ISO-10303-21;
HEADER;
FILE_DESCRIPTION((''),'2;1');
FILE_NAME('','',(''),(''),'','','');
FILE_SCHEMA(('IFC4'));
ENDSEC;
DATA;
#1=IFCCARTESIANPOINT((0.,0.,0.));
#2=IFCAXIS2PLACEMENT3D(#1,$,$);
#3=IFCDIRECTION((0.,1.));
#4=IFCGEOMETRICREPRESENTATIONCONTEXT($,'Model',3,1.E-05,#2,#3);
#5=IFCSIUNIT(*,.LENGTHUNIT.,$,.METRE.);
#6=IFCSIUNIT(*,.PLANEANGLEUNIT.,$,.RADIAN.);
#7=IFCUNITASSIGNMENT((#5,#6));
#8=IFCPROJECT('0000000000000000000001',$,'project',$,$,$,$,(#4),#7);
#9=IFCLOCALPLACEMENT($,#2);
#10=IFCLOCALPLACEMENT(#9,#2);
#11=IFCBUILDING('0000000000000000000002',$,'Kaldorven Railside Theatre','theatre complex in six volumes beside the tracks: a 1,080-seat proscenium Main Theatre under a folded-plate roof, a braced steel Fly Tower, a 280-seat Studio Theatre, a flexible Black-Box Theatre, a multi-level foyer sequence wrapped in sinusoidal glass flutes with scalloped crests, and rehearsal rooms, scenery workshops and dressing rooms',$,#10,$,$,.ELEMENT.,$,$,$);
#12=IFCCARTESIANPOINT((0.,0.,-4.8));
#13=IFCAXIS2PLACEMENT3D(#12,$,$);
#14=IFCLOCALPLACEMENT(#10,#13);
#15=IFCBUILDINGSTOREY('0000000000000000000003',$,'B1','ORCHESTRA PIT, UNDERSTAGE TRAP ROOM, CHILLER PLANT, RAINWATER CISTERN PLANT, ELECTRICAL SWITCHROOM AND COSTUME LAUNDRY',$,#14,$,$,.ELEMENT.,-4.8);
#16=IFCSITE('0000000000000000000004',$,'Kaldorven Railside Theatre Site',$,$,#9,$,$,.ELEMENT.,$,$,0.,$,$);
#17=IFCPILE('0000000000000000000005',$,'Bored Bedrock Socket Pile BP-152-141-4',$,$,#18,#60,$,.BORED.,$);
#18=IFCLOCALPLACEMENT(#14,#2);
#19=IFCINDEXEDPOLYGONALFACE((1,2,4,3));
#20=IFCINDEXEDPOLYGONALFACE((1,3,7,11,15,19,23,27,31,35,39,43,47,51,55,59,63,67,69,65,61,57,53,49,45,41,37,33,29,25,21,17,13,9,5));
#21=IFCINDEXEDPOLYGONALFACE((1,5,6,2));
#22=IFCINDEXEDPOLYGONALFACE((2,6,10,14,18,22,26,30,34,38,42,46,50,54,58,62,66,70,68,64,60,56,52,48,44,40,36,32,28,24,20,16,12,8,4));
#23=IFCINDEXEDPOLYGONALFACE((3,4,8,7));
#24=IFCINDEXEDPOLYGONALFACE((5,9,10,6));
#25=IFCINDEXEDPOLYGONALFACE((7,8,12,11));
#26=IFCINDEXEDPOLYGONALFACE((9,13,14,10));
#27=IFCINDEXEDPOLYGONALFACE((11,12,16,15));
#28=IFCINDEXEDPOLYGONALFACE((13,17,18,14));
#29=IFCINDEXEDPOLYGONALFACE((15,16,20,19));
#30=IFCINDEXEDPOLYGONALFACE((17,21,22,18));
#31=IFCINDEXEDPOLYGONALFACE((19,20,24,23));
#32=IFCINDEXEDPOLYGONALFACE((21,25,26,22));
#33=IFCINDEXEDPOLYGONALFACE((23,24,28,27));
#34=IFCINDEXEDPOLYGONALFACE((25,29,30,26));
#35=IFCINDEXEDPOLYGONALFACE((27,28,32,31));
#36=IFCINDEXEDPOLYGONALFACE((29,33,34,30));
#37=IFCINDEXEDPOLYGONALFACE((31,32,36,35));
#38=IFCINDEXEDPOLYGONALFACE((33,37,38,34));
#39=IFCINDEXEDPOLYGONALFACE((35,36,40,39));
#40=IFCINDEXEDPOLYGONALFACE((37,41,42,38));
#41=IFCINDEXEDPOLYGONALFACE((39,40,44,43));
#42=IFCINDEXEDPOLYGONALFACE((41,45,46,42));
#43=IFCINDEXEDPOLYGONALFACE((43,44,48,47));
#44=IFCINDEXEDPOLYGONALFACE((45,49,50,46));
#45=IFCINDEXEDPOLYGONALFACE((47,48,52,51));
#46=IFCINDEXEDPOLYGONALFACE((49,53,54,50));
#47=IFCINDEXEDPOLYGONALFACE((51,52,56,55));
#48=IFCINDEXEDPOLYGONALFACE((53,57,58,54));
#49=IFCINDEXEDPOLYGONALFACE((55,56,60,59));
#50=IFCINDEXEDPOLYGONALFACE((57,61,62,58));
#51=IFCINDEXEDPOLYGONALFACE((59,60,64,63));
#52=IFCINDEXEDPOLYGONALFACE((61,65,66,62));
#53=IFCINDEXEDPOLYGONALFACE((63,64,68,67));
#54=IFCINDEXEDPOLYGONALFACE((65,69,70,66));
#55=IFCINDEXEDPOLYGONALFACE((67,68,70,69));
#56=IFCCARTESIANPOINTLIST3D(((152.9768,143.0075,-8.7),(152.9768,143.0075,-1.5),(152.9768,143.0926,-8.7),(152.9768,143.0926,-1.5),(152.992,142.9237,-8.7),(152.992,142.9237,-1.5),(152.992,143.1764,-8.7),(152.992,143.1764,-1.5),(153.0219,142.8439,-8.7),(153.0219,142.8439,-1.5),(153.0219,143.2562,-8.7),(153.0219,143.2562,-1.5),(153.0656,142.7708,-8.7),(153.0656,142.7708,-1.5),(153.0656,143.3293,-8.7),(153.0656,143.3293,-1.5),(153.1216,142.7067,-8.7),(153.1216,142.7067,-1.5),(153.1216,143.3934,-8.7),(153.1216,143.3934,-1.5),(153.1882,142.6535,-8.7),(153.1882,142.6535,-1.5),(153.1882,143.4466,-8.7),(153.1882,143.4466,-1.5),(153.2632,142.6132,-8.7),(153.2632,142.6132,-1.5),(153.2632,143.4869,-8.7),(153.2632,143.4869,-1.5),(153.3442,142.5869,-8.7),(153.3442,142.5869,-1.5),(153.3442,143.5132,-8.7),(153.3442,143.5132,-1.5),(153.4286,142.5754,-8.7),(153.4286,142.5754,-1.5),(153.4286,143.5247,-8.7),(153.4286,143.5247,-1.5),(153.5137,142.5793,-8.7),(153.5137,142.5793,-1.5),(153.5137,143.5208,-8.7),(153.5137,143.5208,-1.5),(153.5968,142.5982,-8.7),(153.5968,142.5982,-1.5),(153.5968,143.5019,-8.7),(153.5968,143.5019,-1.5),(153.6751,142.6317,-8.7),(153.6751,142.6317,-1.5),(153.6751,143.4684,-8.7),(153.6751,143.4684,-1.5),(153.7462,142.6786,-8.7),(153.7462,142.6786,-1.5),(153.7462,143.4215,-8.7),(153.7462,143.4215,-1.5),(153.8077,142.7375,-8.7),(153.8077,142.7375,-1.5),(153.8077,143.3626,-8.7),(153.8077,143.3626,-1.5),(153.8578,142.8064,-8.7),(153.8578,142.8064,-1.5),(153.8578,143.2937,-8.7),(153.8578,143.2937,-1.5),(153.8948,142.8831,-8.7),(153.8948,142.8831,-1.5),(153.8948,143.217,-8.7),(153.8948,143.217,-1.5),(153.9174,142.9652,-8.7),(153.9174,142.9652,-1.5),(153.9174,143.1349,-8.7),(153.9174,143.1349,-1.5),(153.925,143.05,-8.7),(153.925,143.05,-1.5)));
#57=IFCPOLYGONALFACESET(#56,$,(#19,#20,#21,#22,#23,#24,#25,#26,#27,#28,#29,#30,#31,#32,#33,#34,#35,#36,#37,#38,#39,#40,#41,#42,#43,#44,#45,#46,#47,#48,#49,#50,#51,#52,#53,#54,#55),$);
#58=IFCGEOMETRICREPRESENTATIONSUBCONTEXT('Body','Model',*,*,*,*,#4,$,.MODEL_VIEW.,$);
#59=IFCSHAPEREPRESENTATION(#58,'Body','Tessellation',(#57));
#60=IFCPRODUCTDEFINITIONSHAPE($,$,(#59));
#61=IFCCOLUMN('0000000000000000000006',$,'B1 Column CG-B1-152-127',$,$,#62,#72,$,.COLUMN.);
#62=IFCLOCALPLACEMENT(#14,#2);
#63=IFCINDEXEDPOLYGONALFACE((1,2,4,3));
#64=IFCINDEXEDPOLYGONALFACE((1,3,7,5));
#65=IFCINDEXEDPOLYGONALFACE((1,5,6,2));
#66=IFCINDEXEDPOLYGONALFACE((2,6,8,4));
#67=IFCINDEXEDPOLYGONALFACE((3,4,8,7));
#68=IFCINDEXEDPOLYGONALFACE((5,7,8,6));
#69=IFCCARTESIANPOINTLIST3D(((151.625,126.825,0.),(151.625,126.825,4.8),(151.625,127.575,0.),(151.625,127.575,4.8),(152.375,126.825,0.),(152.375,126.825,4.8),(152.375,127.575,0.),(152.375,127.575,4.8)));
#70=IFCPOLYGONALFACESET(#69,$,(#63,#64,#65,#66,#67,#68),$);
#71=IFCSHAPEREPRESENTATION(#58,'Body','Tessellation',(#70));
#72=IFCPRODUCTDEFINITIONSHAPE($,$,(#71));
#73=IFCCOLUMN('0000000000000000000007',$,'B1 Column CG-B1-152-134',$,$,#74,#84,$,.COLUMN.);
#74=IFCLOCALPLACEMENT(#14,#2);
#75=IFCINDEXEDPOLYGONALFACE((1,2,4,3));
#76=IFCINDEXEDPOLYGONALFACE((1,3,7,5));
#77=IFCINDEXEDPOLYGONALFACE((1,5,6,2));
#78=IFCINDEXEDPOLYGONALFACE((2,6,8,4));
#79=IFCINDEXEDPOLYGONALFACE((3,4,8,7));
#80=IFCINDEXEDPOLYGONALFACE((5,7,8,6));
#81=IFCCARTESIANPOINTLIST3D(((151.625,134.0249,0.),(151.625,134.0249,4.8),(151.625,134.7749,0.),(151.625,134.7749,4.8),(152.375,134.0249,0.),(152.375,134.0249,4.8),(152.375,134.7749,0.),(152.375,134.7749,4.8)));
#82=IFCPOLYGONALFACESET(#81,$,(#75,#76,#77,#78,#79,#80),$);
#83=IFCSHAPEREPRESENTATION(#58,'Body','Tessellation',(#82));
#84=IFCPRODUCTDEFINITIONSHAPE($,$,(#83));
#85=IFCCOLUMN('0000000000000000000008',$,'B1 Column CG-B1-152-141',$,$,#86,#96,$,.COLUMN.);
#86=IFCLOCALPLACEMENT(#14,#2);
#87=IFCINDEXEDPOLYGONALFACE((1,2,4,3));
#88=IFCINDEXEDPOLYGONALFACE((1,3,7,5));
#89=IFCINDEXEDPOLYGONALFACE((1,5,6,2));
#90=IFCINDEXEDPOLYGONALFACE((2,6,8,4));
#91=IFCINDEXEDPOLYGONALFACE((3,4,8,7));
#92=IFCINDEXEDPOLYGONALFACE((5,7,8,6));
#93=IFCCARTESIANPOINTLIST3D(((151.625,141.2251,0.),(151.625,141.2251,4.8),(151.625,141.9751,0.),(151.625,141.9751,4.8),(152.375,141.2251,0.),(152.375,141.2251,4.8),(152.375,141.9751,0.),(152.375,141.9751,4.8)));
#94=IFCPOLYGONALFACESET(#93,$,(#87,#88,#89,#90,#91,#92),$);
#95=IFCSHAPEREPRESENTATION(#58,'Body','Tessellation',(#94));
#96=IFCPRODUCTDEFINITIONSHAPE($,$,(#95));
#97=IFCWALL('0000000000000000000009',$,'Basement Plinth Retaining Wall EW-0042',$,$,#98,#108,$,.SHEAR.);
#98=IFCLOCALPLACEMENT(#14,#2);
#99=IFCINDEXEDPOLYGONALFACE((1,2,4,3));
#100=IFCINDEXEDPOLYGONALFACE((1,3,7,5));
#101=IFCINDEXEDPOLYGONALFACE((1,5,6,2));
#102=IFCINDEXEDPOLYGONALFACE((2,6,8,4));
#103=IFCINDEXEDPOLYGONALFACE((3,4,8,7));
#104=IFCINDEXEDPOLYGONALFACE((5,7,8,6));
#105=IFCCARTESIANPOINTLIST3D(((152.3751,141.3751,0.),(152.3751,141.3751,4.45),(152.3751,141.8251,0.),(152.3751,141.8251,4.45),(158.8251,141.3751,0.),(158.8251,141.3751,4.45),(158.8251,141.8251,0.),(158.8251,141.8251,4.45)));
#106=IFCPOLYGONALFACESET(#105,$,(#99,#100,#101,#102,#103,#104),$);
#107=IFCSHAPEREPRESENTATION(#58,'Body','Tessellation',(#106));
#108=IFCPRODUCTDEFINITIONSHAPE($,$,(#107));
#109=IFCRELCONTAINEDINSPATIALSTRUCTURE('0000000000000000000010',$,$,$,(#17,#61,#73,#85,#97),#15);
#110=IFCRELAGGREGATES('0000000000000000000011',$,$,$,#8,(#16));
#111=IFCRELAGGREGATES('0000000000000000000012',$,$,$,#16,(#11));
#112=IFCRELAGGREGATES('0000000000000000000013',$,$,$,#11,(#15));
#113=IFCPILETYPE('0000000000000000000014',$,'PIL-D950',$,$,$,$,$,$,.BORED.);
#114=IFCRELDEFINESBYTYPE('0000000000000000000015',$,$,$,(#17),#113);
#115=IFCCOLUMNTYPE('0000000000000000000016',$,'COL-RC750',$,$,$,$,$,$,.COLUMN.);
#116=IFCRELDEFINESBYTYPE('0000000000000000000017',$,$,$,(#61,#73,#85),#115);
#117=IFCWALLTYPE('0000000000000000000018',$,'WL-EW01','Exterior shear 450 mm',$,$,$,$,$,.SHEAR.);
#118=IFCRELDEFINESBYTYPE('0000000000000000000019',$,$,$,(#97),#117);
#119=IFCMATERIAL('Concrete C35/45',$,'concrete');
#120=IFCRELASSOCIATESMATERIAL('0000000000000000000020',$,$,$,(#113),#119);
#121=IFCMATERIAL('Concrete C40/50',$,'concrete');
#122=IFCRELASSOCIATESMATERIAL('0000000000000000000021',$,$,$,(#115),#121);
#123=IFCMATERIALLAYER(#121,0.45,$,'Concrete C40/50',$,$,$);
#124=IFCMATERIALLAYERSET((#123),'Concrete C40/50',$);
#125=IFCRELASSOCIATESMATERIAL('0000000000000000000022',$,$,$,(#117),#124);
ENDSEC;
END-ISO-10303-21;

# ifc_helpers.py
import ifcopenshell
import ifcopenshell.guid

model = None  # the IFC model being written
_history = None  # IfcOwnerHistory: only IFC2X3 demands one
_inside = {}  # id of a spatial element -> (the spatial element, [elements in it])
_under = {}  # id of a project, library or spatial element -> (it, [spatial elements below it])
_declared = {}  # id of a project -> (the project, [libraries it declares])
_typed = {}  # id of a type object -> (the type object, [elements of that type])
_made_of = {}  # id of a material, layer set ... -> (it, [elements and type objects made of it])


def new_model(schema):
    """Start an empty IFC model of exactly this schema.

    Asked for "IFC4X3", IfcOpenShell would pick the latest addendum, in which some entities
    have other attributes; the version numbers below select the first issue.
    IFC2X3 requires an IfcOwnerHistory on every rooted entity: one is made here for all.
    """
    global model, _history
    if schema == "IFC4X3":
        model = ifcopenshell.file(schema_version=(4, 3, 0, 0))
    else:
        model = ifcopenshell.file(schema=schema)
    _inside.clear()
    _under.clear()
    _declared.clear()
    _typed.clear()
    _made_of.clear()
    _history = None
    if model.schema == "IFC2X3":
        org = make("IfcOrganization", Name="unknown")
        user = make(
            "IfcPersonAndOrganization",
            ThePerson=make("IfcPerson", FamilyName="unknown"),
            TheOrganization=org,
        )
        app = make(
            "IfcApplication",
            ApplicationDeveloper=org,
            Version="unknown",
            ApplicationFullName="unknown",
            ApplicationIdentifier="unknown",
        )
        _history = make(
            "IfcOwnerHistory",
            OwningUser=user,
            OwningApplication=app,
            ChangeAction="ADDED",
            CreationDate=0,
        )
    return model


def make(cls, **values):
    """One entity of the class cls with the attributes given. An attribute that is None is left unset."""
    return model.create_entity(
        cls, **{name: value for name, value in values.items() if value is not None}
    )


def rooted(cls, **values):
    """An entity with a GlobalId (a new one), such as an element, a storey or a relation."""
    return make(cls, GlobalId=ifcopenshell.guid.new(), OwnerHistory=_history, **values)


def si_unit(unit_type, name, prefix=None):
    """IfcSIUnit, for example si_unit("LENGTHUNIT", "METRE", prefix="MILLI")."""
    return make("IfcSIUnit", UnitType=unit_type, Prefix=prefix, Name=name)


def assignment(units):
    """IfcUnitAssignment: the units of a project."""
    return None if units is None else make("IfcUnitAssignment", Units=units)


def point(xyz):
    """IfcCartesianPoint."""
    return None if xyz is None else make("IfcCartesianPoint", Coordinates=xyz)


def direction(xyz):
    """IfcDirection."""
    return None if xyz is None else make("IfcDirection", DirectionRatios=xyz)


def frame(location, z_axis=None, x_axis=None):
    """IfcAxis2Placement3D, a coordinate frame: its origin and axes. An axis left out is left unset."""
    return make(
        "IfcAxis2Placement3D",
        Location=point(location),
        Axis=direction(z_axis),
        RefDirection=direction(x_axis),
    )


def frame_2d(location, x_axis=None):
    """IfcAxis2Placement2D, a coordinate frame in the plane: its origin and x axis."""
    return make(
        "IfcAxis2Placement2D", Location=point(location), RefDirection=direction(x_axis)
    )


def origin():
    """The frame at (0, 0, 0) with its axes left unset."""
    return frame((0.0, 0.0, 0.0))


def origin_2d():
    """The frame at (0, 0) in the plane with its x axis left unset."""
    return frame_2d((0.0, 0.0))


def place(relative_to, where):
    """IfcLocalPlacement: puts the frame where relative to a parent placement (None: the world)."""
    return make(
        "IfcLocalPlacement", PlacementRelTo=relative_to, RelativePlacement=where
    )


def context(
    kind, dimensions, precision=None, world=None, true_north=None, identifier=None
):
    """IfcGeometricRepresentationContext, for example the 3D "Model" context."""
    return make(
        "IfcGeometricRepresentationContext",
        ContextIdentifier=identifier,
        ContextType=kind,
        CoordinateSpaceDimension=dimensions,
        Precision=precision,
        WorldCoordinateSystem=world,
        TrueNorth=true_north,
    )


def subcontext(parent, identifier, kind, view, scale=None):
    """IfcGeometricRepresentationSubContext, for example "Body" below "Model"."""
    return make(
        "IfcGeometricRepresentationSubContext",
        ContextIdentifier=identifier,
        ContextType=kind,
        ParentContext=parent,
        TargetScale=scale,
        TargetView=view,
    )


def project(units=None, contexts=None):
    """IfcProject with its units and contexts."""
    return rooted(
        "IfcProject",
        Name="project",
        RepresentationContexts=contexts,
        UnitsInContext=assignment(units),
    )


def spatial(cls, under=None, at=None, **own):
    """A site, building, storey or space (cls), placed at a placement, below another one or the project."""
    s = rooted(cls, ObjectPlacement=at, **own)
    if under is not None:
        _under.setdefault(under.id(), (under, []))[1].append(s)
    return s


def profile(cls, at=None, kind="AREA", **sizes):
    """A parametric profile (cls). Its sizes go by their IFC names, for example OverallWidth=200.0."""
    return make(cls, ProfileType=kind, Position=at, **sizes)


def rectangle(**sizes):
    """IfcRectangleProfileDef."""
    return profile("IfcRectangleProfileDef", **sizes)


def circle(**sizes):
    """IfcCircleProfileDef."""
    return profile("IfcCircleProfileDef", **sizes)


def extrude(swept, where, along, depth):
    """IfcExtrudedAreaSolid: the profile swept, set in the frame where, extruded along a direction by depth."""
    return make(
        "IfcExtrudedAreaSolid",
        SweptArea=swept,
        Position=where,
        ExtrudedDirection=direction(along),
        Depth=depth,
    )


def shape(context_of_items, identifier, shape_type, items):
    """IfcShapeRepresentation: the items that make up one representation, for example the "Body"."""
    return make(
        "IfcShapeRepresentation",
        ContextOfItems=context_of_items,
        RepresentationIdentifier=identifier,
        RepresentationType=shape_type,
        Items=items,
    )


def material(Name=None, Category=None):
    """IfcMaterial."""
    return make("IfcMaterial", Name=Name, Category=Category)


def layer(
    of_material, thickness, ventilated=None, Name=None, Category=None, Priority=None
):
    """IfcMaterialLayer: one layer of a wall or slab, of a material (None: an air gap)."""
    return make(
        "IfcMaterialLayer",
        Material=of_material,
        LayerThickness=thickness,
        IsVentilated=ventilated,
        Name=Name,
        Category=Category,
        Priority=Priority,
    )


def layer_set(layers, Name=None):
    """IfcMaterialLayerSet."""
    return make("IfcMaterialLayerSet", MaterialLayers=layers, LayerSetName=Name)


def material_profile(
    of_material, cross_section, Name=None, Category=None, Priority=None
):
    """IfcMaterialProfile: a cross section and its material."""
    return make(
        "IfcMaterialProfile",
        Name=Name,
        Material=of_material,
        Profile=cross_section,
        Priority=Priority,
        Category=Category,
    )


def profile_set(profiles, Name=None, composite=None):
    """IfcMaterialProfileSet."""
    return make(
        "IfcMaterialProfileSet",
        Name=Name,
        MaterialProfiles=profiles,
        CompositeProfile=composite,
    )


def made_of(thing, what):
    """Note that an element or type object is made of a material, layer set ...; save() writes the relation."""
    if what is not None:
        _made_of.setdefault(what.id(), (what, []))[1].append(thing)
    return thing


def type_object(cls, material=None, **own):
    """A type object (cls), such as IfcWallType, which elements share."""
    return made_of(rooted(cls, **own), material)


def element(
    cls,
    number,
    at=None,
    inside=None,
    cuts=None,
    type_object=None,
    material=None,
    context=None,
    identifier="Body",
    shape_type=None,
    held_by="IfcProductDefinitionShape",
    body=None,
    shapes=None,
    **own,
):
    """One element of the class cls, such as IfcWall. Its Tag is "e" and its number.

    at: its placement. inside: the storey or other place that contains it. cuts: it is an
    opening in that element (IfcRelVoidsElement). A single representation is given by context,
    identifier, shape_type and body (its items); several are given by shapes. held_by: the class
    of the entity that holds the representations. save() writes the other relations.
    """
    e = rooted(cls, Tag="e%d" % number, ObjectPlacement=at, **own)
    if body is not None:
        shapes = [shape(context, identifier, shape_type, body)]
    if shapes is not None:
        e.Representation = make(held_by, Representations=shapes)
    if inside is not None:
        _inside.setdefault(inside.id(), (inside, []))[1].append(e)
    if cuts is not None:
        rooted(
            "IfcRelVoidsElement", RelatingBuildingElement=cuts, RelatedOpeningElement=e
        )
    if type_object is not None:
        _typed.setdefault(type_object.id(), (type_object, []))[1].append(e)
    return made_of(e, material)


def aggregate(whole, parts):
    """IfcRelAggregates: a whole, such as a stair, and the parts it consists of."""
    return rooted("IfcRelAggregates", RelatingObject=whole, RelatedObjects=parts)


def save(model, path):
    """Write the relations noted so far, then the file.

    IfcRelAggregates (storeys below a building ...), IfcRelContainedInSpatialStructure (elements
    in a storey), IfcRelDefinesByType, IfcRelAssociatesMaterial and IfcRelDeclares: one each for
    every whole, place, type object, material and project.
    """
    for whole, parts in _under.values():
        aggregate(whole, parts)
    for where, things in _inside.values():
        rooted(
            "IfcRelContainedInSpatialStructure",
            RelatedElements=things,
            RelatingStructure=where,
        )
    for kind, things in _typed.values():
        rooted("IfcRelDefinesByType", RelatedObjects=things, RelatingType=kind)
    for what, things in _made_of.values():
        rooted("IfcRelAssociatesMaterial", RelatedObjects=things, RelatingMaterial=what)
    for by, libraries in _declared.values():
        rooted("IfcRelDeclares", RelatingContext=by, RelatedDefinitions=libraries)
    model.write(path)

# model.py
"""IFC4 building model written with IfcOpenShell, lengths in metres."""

from ifc_helpers import new_model, si_unit, direction, frame, frame_2d, origin, origin_2d, place, context, subcontext, project, spatial, rectangle, circle, extrude, material, layer, layer_set, material_profile, profile_set, type_object, element, save


model = new_model("IFC4")

# Units and contexts
model_context = context("Model", 3, precision=1e-05, world=origin(), true_north=direction((0.0, 1.0)))
body_context = subcontext(model_context, "Body", "Model", "MODEL_VIEW")
ifc_project = project(units=[si_unit("LENGTHUNIT", "METRE"), si_unit("PLANEANGLEUNIT", "RADIAN")], contexts=[model_context])

# Site, building, storey
site_placement = place(None, origin())
site = spatial("IfcSite", under=ifc_project, at=site_placement, Name="Kaldorven Railside Theatre Site", CompositionType="ELEMENT", RefElevation=0.0)
building_placement = place(site_placement, origin())
building = spatial("IfcBuilding", under=site, at=building_placement, Name="Kaldorven Railside Theatre", Description="theatre complex in six volumes beside the tracks: a 1,080-seat proscenium Main Theatre under a folded-plate roof, a braced steel Fly Tower, a 280-seat Studio Theatre, a flexible Black-Box Theatre, a multi-level foyer sequence wrapped in sinusoidal glass flutes with scalloped crests, and rehearsal rooms, scenery workshops and dressing rooms", CompositionType="ELEMENT")
storey_placement = place(building_placement, frame((0.0, 0.0, -4.8)))
storey = spatial("IfcBuildingStorey", under=building, at=storey_placement, Name="B1", Description="ORCHESTRA PIT, UNDERSTAGE TRAP ROOM, CHILLER PLANT, RAINWATER CISTERN PLANT, ELECTRICAL SWITCHROOM AND COSTUME LAUNDRY", CompositionType="ELEMENT", Elevation=-4.8)

# Shared definitions
ifc_material_1 = material(Name="Concrete C40/50", Category="concrete")

# Pile
ifc_material_2 = material(Name="Concrete C35/45", Category="concrete")
ifc_material_profile_1 = material_profile(ifc_material_2, circle(Radius=0.4751, at=origin_2d()), Name="BP D950")
ifc_profile_set_1 = profile_set([ifc_material_profile_1], Name="Concrete C35/45")
pile_type_1 = type_object("IfcPileType", Name="PIL-D950", PredefinedType="BORED", material=ifc_profile_set_1)
for number, where, z_axis, x_axis, name in (
    (1, (153.45, 143.05, -1.5), (0.0, 0.0, -1.0), (1.0, 0.0, 0.0), "Bored Bedrock Socket Pile BP-152-141-4"),
):
    element("IfcPile", number, at=place(storey_placement, frame(where, z_axis=z_axis, x_axis=x_axis)), inside=storey, type_object=pile_type_1, Name=name, PredefinedType="BORED", context=body_context, shape_type="SweptSolid", body=[
        extrude(circle(Radius=0.4751, at=origin_2d()), origin(), (0.0, 0.0, 1.0), 7.2),
    ])

# Columns
ifc_material_profile_2 = material_profile(ifc_material_1, rectangle(XDim=0.75, YDim=0.75, at=origin_2d()), Name="RC 750x750")
ifc_profile_set_2 = profile_set([ifc_material_profile_2], Name="Concrete C40/50")
column_type = type_object("IfcColumnType", Name="COL-RC750", PredefinedType="COLUMN", material=ifc_profile_set_2)
for number, where, z_axis, x_axis, name in (
    (2, (152.0, 127.2, 0.0), (0.0, 0.0, 1.0), (0.0, 1.0, 0.0), "B1 Column CG-B1-152-127"),
    (3, (152.0, 134.3999, 0.0), (0.0, 0.0, 1.0), (1.0, 0.0, 0.0), "B1 Column CG-B1-152-134"),
    (4, (152.0, 141.6001, 0.0), (0.0, 0.0, 1.0), (0.0, 1.0, 0.0), "B1 Column CG-B1-152-141"),
):
    element("IfcColumn", number, at=place(storey_placement, frame(where, z_axis=z_axis, x_axis=x_axis)), inside=storey, type_object=column_type, Name=name, PredefinedType="COLUMN", context=body_context, shape_type="SweptSolid", body=[
        extrude(rectangle(XDim=0.75, YDim=0.75, at=origin_2d()), origin(), (0.0, 0.0, 1.0), 4.8),
    ])

# Wall
ifc_layer = layer(ifc_material_1, 0.45, Name="Concrete C40/50")
ifc_layer_set = layer_set([ifc_layer], Name="Concrete C40/50")
wall_type = type_object("IfcWallType", Name="WL-EW01", Description="Exterior shear 450 mm", PredefinedType="SHEAR", material=ifc_layer_set)
wall_placement = place(storey_placement, frame((152.375, 141.6001, 0.0), z_axis=(0.0, 0.0, 1.0), x_axis=(1.0, 0.0, 0.0)))
element("IfcWall", 5, at=wall_placement, inside=storey, type_object=wall_type, Name="Basement Plinth Retaining Wall EW-0042", PredefinedType="SHEAR", context=body_context, shape_type="SweptSolid", body=[
    extrude(rectangle(XDim=6.45, YDim=0.45, at=frame_2d((3.2251, 0.0))), origin(), (0.0, 0.0, 1.0), 4.45),
])

save(model, "model.ifc")
